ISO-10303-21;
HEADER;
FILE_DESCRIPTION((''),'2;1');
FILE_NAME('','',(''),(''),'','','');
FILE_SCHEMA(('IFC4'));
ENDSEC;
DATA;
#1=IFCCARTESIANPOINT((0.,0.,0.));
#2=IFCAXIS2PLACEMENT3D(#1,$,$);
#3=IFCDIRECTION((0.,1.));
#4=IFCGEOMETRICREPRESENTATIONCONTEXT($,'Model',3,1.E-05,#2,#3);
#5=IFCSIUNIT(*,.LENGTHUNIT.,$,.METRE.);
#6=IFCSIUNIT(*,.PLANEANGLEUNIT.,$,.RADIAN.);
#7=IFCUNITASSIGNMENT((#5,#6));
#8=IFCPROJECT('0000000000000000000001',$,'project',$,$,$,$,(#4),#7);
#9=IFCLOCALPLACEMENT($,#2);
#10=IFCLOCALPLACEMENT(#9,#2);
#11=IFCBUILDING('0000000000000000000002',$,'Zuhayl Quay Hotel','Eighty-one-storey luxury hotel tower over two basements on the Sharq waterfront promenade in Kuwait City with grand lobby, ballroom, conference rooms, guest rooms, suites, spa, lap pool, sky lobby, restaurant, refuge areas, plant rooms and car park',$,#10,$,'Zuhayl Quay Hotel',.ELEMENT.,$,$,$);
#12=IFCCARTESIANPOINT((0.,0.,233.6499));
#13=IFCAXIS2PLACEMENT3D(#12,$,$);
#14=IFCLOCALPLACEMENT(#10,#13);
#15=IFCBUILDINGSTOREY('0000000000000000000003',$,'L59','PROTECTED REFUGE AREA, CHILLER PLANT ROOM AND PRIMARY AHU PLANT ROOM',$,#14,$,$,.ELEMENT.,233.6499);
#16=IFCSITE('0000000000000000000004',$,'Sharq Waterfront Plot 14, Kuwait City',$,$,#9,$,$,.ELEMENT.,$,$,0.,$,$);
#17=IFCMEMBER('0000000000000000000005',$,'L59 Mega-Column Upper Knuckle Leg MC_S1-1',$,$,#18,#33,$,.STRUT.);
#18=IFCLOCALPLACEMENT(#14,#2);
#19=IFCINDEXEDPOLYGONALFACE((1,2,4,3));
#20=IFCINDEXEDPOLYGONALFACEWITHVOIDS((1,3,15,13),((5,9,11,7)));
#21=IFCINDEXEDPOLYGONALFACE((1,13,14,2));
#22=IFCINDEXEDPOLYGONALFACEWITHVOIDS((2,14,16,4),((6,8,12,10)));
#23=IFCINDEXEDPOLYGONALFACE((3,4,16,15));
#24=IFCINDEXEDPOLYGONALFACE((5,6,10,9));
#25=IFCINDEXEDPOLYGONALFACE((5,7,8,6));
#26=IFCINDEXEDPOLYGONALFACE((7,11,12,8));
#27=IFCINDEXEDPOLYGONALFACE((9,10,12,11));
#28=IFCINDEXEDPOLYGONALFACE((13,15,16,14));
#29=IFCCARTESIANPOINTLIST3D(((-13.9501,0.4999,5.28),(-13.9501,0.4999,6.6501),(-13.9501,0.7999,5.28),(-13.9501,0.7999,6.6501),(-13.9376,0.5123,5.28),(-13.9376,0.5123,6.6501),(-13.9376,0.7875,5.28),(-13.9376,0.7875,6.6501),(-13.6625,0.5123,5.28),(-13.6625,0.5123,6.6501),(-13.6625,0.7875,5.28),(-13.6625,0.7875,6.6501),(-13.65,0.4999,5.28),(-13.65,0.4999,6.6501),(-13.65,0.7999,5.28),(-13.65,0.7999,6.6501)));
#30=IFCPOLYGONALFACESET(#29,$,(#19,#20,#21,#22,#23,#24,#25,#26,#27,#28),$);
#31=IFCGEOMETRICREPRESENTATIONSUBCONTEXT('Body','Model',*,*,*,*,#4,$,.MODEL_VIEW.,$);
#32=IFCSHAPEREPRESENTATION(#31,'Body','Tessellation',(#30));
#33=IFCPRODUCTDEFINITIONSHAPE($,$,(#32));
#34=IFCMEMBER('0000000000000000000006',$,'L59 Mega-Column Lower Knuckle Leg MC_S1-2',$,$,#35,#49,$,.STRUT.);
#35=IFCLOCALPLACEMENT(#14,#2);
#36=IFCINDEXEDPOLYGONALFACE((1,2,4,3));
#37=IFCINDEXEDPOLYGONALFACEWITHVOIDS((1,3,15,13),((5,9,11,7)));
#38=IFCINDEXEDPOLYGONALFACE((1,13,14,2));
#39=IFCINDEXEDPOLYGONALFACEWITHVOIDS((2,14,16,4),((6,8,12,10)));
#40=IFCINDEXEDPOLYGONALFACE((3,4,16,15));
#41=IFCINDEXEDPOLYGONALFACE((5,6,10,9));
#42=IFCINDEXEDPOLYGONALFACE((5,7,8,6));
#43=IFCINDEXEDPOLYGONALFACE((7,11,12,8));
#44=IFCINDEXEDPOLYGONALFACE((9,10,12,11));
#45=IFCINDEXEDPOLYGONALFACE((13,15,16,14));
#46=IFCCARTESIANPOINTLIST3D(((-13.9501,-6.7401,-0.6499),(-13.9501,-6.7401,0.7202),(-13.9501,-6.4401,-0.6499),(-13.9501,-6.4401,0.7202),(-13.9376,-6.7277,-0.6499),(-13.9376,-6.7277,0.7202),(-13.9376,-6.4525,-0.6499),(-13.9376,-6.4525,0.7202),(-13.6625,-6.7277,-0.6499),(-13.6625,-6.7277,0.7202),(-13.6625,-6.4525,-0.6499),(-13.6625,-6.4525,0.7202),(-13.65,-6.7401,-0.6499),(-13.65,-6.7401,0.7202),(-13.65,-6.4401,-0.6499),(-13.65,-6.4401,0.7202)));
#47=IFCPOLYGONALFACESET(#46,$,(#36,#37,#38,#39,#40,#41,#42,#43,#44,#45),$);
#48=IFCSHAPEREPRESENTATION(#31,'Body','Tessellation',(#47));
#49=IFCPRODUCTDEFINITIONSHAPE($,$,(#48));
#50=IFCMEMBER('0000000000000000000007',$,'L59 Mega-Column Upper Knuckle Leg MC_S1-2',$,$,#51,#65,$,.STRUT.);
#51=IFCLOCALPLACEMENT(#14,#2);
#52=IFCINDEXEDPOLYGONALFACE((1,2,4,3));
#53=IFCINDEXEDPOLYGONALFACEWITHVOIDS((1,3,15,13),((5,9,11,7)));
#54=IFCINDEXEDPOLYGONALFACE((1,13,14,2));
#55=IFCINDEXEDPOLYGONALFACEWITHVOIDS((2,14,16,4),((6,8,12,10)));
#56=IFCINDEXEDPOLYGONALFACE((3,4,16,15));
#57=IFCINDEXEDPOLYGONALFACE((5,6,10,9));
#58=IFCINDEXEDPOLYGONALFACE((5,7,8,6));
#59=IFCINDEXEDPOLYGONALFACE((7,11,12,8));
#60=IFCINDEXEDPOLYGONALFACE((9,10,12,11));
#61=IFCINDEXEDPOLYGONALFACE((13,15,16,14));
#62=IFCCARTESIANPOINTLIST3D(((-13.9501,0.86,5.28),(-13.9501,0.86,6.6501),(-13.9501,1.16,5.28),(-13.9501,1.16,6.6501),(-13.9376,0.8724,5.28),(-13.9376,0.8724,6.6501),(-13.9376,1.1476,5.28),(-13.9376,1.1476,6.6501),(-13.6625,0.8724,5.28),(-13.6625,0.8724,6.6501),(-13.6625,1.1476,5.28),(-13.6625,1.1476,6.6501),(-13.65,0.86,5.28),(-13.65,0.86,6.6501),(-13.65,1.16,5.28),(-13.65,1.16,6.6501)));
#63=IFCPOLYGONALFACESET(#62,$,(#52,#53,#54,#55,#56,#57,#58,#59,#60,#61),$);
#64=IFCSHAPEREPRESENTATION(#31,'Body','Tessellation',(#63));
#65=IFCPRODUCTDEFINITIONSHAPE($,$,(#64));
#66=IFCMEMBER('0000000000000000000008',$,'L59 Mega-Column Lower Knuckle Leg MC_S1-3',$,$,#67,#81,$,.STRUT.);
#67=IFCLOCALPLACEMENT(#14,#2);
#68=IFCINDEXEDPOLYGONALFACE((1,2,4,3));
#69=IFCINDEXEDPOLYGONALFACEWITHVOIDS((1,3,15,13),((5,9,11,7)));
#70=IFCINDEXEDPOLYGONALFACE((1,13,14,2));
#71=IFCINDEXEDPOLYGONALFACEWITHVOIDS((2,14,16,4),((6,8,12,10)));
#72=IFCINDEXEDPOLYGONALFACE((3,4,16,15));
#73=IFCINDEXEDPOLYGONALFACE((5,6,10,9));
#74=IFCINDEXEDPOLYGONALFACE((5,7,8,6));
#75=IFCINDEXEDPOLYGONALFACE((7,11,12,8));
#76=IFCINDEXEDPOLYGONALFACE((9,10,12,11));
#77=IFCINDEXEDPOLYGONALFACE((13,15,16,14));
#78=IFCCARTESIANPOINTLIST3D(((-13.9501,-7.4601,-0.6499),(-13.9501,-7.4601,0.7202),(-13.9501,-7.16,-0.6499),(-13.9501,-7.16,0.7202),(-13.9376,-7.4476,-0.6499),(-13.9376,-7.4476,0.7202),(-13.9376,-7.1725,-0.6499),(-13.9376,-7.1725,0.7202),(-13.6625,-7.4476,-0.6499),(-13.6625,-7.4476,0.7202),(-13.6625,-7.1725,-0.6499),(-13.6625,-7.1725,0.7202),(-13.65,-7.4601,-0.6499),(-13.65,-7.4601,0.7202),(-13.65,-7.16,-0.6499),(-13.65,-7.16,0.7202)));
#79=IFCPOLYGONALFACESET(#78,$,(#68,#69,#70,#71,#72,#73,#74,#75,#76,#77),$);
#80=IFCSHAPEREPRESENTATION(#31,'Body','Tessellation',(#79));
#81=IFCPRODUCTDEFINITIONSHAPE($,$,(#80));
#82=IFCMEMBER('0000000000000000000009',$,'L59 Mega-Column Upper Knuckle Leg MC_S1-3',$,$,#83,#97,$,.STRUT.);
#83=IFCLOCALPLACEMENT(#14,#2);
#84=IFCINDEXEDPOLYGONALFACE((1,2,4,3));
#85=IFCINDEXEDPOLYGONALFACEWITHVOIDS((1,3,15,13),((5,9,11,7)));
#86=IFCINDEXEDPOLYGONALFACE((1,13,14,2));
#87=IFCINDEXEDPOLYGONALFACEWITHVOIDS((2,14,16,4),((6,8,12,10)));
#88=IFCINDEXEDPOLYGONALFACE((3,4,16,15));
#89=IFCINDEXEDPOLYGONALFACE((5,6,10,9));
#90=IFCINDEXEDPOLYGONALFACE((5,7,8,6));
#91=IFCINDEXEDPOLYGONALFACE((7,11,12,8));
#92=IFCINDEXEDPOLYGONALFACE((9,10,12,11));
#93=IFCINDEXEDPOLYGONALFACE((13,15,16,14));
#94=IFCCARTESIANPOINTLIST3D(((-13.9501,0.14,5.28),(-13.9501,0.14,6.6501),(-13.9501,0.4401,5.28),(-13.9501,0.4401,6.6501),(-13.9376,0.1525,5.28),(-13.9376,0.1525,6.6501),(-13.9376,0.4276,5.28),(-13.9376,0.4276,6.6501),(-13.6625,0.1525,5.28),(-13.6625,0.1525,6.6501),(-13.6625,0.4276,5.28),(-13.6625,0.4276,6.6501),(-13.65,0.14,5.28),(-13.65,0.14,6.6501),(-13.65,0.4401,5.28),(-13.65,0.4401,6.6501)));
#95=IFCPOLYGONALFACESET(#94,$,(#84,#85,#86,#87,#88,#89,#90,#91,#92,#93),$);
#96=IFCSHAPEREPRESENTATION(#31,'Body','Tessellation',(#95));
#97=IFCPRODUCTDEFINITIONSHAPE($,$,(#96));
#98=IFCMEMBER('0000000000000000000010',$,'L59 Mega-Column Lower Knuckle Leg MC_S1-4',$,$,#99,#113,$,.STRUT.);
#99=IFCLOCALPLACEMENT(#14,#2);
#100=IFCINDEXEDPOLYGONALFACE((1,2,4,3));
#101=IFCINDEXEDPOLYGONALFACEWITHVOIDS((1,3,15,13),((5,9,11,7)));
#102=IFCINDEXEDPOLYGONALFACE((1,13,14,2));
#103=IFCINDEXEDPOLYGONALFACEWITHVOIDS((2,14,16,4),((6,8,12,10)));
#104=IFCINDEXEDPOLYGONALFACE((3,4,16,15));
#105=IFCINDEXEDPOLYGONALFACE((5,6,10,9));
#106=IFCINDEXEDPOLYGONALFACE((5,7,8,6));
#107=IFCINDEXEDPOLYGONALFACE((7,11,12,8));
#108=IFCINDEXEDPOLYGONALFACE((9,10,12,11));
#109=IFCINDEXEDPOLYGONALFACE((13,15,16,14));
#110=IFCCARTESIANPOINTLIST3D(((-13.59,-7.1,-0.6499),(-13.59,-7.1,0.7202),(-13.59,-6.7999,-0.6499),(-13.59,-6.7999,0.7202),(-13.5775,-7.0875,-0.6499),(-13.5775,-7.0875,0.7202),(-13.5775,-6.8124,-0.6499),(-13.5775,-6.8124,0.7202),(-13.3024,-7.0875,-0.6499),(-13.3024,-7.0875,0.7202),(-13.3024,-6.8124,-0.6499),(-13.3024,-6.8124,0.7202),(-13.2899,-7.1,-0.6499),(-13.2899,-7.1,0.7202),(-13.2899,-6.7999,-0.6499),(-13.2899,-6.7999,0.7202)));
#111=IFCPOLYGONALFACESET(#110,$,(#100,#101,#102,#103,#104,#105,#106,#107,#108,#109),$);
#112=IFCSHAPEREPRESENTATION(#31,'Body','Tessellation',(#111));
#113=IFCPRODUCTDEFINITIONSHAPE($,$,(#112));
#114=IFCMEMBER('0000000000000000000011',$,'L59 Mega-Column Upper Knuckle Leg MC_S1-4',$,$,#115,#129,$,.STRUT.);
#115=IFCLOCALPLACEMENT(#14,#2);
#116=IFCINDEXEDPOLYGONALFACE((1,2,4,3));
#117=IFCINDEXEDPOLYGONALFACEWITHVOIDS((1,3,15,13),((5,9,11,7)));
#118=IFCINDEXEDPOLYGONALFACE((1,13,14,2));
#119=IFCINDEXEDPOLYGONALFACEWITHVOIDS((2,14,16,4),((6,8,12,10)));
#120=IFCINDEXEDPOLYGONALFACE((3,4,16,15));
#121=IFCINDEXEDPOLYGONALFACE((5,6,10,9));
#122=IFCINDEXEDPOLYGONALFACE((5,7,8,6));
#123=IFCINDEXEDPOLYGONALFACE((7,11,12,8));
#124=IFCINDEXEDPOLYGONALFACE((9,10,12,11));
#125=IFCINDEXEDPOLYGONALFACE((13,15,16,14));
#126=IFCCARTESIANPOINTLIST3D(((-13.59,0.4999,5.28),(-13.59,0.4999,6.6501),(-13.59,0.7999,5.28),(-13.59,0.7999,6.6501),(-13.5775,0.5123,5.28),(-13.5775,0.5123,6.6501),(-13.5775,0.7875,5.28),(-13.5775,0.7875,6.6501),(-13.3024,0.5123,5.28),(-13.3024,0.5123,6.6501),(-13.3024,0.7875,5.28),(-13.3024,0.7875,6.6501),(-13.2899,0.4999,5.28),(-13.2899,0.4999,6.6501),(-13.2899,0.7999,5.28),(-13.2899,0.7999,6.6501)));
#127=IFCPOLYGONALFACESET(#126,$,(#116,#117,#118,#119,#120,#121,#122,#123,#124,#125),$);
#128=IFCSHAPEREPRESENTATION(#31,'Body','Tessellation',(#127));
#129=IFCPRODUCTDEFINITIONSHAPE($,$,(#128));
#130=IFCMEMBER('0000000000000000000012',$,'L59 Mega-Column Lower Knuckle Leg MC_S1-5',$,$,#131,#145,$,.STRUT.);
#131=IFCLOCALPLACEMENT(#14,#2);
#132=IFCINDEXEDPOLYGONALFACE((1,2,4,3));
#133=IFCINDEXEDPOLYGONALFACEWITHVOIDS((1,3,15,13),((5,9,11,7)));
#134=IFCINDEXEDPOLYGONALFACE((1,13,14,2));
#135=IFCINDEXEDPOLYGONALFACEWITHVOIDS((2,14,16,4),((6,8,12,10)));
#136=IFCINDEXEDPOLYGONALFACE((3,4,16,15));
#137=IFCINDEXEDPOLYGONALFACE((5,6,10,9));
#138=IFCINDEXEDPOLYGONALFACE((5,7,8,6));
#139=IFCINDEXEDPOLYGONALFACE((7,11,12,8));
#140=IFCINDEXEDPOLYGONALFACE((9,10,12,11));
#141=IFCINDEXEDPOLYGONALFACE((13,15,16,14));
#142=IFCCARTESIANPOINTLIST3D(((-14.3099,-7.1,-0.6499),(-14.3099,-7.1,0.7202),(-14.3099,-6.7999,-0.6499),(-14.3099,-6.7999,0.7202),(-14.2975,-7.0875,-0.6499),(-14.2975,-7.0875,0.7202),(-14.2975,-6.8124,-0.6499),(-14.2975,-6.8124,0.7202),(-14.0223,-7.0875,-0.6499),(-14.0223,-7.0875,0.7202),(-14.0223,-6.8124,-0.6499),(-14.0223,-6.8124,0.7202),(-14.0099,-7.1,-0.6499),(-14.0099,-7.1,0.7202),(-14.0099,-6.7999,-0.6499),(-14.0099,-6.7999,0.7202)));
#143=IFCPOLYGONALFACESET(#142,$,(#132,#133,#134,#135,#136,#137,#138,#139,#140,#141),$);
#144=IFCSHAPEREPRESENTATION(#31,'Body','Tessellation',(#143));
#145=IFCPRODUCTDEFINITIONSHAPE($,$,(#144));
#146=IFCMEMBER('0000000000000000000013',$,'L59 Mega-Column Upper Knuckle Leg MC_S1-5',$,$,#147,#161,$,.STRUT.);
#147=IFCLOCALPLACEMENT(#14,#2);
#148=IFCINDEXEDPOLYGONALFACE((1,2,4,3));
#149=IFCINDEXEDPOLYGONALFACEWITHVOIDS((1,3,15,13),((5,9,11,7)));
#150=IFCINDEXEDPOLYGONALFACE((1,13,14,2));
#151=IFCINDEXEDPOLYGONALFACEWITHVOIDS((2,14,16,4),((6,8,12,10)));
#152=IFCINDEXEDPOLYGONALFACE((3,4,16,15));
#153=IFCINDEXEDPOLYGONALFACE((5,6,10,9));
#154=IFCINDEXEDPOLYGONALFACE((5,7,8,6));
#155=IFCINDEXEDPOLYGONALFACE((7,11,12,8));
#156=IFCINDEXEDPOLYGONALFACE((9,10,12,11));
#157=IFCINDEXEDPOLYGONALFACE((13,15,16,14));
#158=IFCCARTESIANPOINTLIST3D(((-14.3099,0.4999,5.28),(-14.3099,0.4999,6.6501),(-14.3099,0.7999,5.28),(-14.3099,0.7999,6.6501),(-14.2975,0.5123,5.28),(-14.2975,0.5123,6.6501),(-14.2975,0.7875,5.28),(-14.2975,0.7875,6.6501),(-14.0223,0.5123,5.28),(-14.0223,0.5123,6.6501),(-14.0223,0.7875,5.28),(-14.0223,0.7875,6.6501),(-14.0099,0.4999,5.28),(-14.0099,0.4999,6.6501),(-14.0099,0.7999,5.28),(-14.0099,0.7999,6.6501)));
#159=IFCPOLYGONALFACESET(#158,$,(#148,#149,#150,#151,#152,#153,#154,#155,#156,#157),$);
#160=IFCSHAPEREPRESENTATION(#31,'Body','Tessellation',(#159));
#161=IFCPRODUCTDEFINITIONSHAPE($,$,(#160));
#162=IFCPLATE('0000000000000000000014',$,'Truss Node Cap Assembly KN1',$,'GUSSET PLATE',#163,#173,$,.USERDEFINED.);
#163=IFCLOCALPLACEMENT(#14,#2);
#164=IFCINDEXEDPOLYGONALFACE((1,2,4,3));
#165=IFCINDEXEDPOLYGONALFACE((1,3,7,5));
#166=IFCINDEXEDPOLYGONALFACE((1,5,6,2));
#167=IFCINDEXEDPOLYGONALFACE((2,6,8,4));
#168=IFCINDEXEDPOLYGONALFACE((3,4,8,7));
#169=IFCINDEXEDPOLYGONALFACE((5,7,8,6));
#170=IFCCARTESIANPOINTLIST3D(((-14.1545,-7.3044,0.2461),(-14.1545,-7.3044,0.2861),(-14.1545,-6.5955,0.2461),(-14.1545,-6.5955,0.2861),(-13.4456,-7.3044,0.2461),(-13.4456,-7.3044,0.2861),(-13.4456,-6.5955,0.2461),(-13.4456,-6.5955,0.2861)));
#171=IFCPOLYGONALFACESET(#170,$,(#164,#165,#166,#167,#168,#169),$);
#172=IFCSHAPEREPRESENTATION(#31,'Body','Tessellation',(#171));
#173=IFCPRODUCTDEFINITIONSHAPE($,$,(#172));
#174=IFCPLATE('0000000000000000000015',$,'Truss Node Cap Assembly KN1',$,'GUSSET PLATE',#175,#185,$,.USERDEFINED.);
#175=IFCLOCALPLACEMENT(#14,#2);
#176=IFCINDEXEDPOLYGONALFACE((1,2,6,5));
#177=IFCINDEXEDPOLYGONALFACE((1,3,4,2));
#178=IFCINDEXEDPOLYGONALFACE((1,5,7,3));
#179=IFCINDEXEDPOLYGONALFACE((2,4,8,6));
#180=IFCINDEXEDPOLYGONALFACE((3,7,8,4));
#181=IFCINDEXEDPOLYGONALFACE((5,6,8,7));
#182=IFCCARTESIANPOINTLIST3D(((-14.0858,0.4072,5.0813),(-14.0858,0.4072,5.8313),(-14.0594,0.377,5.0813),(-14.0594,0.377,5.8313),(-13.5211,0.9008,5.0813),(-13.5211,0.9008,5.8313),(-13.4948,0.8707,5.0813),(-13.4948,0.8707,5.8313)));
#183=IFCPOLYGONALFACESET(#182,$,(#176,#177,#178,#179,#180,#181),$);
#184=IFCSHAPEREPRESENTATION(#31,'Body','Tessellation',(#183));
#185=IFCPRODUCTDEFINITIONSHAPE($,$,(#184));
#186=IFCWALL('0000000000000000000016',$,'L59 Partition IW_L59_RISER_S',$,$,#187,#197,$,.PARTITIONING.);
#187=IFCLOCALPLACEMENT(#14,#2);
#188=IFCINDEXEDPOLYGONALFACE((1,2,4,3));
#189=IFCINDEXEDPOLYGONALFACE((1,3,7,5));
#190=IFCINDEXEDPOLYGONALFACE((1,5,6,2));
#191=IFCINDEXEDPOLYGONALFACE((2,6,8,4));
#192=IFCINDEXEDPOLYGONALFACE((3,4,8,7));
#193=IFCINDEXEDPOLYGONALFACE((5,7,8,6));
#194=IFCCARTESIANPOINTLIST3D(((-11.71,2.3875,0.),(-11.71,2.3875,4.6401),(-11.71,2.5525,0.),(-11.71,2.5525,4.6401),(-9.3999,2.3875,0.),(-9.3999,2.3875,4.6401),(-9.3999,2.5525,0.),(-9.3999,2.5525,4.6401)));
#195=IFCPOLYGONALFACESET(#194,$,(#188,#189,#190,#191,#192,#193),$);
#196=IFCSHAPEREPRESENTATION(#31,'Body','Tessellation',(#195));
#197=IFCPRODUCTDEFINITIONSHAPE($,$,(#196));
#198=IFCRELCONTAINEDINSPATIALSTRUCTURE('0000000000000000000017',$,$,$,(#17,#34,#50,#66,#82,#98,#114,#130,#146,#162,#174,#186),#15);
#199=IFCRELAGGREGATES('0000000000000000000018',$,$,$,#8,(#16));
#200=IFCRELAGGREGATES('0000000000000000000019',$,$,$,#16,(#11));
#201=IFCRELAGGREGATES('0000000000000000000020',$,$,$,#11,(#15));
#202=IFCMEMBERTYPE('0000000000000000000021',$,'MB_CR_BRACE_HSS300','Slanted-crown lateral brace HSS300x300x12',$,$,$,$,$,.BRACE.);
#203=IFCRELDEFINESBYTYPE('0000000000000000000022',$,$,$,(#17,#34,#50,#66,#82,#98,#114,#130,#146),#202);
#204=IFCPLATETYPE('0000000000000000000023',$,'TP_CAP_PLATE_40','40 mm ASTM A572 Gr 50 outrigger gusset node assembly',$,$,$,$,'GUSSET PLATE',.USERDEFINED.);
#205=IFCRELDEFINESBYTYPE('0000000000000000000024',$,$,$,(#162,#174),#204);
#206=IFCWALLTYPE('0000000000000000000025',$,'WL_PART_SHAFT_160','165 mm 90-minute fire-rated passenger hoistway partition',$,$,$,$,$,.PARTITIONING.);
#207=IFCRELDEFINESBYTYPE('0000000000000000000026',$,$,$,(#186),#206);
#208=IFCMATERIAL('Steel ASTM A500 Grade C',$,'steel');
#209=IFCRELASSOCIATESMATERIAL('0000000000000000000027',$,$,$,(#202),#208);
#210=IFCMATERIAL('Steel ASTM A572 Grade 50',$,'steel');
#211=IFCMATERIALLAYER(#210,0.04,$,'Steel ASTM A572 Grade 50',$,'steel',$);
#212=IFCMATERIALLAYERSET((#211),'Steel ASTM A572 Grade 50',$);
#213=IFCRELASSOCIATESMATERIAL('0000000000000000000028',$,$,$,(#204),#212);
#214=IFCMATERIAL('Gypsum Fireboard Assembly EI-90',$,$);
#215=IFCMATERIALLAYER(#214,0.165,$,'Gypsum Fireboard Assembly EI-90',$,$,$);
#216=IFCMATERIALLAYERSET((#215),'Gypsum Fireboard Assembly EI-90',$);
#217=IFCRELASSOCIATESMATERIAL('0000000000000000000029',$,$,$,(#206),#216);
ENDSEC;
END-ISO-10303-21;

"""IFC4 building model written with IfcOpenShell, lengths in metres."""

from ifc_helpers import new_model, si_unit, direction, frame, frame_2d, origin, origin_2d, place, context, subcontext, project, spatial, rectangle, hollow_rectangle, extrude, material, layer, layer_set, material_profile, profile_set, type_object, element, save


model = new_model("IFC4")

# Units and contexts
model_context = context("Model", 3, precision=1e-05, world=origin(), true_north=direction((0.0, 1.0)))
body_context = subcontext(model_context, "Body", "Model", "MODEL_VIEW")
ifc_project = project(units=[si_unit("LENGTHUNIT", "METRE"), si_unit("PLANEANGLEUNIT", "RADIAN")], contexts=[model_context])

# Site, building, storey
site_placement = place(None, origin())
site = spatial("IfcSite", under=ifc_project, at=site_placement, Name="Sharq Waterfront Plot 14, Kuwait City", CompositionType="ELEMENT", RefElevation=0.0)
building_placement = place(site_placement, origin())
building = spatial("IfcBuilding", under=site, at=building_placement, Name="Zuhayl Quay Hotel", Description="Eighty-one-storey luxury hotel tower over two basements on the Sharq waterfront promenade in Kuwait City with grand lobby, ballroom, conference rooms, guest rooms, suites, spa, lap pool, sky lobby, restaurant, refuge areas, plant rooms and car park", LongName="Zuhayl Quay Hotel", CompositionType="ELEMENT")
storey_placement = place(building_placement, frame((0.0, 0.0, 233.6499)))
storey = spatial("IfcBuildingStorey", under=building, at=storey_placement, Name="L59", Description="PROTECTED REFUGE AREA, CHILLER PLANT ROOM AND PRIMARY AHU PLANT ROOM", CompositionType="ELEMENT", Elevation=233.6499)

# Members
ifc_material_1 = material(Name="Steel ASTM A500 Grade C", Category="steel")
ifc_material_profile_1 = material_profile(ifc_material_1, hollow_rectangle(XDim=0.3, YDim=0.3, WallThickness=0.0125, at=origin_2d()), Name="HSS300X300X12")
ifc_profile_set_1 = profile_set([ifc_material_profile_1], Name="Steel ASTM A500 Grade C")
member_type_1 = type_object("IfcMemberType", Name="MB_CR_BRACE_HSS300", Description="Slanted-crown lateral brace HSS300x300x12", PredefinedType="BRACE", material=ifc_profile_set_1)
for number, where, z_axis, x_axis, name in (
    (1, (-13.8, 0.6499, 5.28), (0.0, 0.0, 1.0), (1.0, 0.0, 0.0), "L59 Mega-Column Upper Knuckle Leg MC_S1-1"),
    (2, (-13.8, -6.5901, -0.6499), (0.0, 0.0, 1.0), (1.0, 0.0, 0.0), "L59 Mega-Column Lower Knuckle Leg MC_S1-2"),
    (3, (-13.8, 1.01, 5.28), (0.0, 0.0, 1.0), (1.0, 0.0, 0.0), "L59 Mega-Column Upper Knuckle Leg MC_S1-2"),
    (4, (-13.8, -7.3101, -0.6499), (0.0, 0.0, 1.0), (1.0, 0.0, 0.0), "L59 Mega-Column Lower Knuckle Leg MC_S1-3"),
    (5, (-13.8, 0.29, 5.28), (0.0, 0.0, 1.0), (1.0, 0.0, 0.0), "L59 Mega-Column Upper Knuckle Leg MC_S1-3"),
    (6, (-13.4399, -6.95, -0.6499), (0.0, 0.0, 1.0), (1.0, 0.0, 0.0), "L59 Mega-Column Lower Knuckle Leg MC_S1-4"),
    (7, (-13.4399, 0.6499, 5.28), (0.0, 0.0, 1.0), (1.0, 0.0, 0.0), "L59 Mega-Column Upper Knuckle Leg MC_S1-4"),
    (8, (-14.1599, -6.95, -0.6499), (0.0, 0.0, 1.0), (1.0, 0.0, 0.0), "L59 Mega-Column Lower Knuckle Leg MC_S1-5"),
    (9, (-14.1599, 0.6499, 5.28), (0.0, 0.0, 1.0), (1.0, 0.0, 0.0), "L59 Mega-Column Upper Knuckle Leg MC_S1-5"),
):
    element("IfcMember", number, at=place(storey_placement, frame(where, z_axis=z_axis, x_axis=x_axis)), inside=storey, type_object=member_type_1, Name=name, PredefinedType="STRUT", context=body_context, shape_type="SweptSolid", body=[
        extrude(hollow_rectangle(XDim=0.3, YDim=0.3, WallThickness=0.0125, at=origin_2d()), origin(), (0.0, 0.0, 1.0), 1.3701),
    ])

# Plates
ifc_material_2 = material(Name="Steel ASTM A572 Grade 50", Category="steel")
ifc_layer_1 = layer(ifc_material_2, 0.04, Name="Steel ASTM A572 Grade 50", Category="steel")
ifc_layer_set_1 = layer_set([ifc_layer_1], Name="Steel ASTM A572 Grade 50")
plate_type = type_object("IfcPlateType", Name="TP_CAP_PLATE_40", Description="40 mm ASTM A572 Gr 50 outrigger gusset node assembly", ElementType="GUSSET PLATE", PredefinedType="USERDEFINED", material=ifc_layer_set_1)
plate_1_placement = place(storey_placement, frame((-13.8, -6.95, 0.2461), z_axis=(0.0, 0.0, 1.0), x_axis=(1.0, 0.0, 0.0)))
element("IfcPlate", 10, at=plate_1_placement, inside=storey, type_object=plate_type, Name="Truss Node Cap Assembly KN1", ObjectType="GUSSET PLATE", PredefinedType="USERDEFINED", context=body_context, shape_type="SweptSolid", body=[
    extrude(rectangle(XDim=0.709, YDim=0.709, at=origin_2d()), origin(), (0.0, 0.0, 1.0), 0.04),
])
plate_2_placement = place(storey_placement, frame((-13.7903, 0.6389, 5.0813), z_axis=(0.0, 0.0, 1.0), x_axis=(0.658164, -0.752875, 0.0)))
element("IfcPlate", 11, at=plate_2_placement, inside=storey, type_object=plate_type, Name="Truss Node Cap Assembly KN1", ObjectType="GUSSET PLATE", PredefinedType="USERDEFINED", context=body_context, shape_type="SweptSolid", body=[
    extrude(rectangle(XDim=0.04, YDim=0.75, at=origin_2d()), origin(), (0.0, 0.0, 1.0), 0.75),
])

# Wall
ifc_material_3 = material(Name="Gypsum Fireboard Assembly EI-90")
ifc_layer_2 = layer(ifc_material_3, 0.165, Name="Gypsum Fireboard Assembly EI-90")
ifc_layer_set_2 = layer_set([ifc_layer_2], Name="Gypsum Fireboard Assembly EI-90")
wall_type = type_object("IfcWallType", Name="WL_PART_SHAFT_160", Description="165 mm 90-minute fire-rated passenger hoistway partition", PredefinedType="PARTITIONING", material=ifc_layer_set_2)
wall_placement = place(storey_placement, frame((-11.71, 2.47, 0.0), z_axis=(0.0, 0.0, 1.0), x_axis=(1.0, 0.0, 0.0)))
element("IfcWall", 12, at=wall_placement, inside=storey, type_object=wall_type, Name="L59 Partition IW_L59_RISER_S", PredefinedType="PARTITIONING", context=body_context, shape_type="SweptSolid", body=[
    extrude(rectangle(XDim=2.3101, YDim=0.165, at=frame_2d((1.155, 0.0))), origin(), (0.0, 0.0, 1.0), 4.6401),
])

save(model, "model.ifc")
